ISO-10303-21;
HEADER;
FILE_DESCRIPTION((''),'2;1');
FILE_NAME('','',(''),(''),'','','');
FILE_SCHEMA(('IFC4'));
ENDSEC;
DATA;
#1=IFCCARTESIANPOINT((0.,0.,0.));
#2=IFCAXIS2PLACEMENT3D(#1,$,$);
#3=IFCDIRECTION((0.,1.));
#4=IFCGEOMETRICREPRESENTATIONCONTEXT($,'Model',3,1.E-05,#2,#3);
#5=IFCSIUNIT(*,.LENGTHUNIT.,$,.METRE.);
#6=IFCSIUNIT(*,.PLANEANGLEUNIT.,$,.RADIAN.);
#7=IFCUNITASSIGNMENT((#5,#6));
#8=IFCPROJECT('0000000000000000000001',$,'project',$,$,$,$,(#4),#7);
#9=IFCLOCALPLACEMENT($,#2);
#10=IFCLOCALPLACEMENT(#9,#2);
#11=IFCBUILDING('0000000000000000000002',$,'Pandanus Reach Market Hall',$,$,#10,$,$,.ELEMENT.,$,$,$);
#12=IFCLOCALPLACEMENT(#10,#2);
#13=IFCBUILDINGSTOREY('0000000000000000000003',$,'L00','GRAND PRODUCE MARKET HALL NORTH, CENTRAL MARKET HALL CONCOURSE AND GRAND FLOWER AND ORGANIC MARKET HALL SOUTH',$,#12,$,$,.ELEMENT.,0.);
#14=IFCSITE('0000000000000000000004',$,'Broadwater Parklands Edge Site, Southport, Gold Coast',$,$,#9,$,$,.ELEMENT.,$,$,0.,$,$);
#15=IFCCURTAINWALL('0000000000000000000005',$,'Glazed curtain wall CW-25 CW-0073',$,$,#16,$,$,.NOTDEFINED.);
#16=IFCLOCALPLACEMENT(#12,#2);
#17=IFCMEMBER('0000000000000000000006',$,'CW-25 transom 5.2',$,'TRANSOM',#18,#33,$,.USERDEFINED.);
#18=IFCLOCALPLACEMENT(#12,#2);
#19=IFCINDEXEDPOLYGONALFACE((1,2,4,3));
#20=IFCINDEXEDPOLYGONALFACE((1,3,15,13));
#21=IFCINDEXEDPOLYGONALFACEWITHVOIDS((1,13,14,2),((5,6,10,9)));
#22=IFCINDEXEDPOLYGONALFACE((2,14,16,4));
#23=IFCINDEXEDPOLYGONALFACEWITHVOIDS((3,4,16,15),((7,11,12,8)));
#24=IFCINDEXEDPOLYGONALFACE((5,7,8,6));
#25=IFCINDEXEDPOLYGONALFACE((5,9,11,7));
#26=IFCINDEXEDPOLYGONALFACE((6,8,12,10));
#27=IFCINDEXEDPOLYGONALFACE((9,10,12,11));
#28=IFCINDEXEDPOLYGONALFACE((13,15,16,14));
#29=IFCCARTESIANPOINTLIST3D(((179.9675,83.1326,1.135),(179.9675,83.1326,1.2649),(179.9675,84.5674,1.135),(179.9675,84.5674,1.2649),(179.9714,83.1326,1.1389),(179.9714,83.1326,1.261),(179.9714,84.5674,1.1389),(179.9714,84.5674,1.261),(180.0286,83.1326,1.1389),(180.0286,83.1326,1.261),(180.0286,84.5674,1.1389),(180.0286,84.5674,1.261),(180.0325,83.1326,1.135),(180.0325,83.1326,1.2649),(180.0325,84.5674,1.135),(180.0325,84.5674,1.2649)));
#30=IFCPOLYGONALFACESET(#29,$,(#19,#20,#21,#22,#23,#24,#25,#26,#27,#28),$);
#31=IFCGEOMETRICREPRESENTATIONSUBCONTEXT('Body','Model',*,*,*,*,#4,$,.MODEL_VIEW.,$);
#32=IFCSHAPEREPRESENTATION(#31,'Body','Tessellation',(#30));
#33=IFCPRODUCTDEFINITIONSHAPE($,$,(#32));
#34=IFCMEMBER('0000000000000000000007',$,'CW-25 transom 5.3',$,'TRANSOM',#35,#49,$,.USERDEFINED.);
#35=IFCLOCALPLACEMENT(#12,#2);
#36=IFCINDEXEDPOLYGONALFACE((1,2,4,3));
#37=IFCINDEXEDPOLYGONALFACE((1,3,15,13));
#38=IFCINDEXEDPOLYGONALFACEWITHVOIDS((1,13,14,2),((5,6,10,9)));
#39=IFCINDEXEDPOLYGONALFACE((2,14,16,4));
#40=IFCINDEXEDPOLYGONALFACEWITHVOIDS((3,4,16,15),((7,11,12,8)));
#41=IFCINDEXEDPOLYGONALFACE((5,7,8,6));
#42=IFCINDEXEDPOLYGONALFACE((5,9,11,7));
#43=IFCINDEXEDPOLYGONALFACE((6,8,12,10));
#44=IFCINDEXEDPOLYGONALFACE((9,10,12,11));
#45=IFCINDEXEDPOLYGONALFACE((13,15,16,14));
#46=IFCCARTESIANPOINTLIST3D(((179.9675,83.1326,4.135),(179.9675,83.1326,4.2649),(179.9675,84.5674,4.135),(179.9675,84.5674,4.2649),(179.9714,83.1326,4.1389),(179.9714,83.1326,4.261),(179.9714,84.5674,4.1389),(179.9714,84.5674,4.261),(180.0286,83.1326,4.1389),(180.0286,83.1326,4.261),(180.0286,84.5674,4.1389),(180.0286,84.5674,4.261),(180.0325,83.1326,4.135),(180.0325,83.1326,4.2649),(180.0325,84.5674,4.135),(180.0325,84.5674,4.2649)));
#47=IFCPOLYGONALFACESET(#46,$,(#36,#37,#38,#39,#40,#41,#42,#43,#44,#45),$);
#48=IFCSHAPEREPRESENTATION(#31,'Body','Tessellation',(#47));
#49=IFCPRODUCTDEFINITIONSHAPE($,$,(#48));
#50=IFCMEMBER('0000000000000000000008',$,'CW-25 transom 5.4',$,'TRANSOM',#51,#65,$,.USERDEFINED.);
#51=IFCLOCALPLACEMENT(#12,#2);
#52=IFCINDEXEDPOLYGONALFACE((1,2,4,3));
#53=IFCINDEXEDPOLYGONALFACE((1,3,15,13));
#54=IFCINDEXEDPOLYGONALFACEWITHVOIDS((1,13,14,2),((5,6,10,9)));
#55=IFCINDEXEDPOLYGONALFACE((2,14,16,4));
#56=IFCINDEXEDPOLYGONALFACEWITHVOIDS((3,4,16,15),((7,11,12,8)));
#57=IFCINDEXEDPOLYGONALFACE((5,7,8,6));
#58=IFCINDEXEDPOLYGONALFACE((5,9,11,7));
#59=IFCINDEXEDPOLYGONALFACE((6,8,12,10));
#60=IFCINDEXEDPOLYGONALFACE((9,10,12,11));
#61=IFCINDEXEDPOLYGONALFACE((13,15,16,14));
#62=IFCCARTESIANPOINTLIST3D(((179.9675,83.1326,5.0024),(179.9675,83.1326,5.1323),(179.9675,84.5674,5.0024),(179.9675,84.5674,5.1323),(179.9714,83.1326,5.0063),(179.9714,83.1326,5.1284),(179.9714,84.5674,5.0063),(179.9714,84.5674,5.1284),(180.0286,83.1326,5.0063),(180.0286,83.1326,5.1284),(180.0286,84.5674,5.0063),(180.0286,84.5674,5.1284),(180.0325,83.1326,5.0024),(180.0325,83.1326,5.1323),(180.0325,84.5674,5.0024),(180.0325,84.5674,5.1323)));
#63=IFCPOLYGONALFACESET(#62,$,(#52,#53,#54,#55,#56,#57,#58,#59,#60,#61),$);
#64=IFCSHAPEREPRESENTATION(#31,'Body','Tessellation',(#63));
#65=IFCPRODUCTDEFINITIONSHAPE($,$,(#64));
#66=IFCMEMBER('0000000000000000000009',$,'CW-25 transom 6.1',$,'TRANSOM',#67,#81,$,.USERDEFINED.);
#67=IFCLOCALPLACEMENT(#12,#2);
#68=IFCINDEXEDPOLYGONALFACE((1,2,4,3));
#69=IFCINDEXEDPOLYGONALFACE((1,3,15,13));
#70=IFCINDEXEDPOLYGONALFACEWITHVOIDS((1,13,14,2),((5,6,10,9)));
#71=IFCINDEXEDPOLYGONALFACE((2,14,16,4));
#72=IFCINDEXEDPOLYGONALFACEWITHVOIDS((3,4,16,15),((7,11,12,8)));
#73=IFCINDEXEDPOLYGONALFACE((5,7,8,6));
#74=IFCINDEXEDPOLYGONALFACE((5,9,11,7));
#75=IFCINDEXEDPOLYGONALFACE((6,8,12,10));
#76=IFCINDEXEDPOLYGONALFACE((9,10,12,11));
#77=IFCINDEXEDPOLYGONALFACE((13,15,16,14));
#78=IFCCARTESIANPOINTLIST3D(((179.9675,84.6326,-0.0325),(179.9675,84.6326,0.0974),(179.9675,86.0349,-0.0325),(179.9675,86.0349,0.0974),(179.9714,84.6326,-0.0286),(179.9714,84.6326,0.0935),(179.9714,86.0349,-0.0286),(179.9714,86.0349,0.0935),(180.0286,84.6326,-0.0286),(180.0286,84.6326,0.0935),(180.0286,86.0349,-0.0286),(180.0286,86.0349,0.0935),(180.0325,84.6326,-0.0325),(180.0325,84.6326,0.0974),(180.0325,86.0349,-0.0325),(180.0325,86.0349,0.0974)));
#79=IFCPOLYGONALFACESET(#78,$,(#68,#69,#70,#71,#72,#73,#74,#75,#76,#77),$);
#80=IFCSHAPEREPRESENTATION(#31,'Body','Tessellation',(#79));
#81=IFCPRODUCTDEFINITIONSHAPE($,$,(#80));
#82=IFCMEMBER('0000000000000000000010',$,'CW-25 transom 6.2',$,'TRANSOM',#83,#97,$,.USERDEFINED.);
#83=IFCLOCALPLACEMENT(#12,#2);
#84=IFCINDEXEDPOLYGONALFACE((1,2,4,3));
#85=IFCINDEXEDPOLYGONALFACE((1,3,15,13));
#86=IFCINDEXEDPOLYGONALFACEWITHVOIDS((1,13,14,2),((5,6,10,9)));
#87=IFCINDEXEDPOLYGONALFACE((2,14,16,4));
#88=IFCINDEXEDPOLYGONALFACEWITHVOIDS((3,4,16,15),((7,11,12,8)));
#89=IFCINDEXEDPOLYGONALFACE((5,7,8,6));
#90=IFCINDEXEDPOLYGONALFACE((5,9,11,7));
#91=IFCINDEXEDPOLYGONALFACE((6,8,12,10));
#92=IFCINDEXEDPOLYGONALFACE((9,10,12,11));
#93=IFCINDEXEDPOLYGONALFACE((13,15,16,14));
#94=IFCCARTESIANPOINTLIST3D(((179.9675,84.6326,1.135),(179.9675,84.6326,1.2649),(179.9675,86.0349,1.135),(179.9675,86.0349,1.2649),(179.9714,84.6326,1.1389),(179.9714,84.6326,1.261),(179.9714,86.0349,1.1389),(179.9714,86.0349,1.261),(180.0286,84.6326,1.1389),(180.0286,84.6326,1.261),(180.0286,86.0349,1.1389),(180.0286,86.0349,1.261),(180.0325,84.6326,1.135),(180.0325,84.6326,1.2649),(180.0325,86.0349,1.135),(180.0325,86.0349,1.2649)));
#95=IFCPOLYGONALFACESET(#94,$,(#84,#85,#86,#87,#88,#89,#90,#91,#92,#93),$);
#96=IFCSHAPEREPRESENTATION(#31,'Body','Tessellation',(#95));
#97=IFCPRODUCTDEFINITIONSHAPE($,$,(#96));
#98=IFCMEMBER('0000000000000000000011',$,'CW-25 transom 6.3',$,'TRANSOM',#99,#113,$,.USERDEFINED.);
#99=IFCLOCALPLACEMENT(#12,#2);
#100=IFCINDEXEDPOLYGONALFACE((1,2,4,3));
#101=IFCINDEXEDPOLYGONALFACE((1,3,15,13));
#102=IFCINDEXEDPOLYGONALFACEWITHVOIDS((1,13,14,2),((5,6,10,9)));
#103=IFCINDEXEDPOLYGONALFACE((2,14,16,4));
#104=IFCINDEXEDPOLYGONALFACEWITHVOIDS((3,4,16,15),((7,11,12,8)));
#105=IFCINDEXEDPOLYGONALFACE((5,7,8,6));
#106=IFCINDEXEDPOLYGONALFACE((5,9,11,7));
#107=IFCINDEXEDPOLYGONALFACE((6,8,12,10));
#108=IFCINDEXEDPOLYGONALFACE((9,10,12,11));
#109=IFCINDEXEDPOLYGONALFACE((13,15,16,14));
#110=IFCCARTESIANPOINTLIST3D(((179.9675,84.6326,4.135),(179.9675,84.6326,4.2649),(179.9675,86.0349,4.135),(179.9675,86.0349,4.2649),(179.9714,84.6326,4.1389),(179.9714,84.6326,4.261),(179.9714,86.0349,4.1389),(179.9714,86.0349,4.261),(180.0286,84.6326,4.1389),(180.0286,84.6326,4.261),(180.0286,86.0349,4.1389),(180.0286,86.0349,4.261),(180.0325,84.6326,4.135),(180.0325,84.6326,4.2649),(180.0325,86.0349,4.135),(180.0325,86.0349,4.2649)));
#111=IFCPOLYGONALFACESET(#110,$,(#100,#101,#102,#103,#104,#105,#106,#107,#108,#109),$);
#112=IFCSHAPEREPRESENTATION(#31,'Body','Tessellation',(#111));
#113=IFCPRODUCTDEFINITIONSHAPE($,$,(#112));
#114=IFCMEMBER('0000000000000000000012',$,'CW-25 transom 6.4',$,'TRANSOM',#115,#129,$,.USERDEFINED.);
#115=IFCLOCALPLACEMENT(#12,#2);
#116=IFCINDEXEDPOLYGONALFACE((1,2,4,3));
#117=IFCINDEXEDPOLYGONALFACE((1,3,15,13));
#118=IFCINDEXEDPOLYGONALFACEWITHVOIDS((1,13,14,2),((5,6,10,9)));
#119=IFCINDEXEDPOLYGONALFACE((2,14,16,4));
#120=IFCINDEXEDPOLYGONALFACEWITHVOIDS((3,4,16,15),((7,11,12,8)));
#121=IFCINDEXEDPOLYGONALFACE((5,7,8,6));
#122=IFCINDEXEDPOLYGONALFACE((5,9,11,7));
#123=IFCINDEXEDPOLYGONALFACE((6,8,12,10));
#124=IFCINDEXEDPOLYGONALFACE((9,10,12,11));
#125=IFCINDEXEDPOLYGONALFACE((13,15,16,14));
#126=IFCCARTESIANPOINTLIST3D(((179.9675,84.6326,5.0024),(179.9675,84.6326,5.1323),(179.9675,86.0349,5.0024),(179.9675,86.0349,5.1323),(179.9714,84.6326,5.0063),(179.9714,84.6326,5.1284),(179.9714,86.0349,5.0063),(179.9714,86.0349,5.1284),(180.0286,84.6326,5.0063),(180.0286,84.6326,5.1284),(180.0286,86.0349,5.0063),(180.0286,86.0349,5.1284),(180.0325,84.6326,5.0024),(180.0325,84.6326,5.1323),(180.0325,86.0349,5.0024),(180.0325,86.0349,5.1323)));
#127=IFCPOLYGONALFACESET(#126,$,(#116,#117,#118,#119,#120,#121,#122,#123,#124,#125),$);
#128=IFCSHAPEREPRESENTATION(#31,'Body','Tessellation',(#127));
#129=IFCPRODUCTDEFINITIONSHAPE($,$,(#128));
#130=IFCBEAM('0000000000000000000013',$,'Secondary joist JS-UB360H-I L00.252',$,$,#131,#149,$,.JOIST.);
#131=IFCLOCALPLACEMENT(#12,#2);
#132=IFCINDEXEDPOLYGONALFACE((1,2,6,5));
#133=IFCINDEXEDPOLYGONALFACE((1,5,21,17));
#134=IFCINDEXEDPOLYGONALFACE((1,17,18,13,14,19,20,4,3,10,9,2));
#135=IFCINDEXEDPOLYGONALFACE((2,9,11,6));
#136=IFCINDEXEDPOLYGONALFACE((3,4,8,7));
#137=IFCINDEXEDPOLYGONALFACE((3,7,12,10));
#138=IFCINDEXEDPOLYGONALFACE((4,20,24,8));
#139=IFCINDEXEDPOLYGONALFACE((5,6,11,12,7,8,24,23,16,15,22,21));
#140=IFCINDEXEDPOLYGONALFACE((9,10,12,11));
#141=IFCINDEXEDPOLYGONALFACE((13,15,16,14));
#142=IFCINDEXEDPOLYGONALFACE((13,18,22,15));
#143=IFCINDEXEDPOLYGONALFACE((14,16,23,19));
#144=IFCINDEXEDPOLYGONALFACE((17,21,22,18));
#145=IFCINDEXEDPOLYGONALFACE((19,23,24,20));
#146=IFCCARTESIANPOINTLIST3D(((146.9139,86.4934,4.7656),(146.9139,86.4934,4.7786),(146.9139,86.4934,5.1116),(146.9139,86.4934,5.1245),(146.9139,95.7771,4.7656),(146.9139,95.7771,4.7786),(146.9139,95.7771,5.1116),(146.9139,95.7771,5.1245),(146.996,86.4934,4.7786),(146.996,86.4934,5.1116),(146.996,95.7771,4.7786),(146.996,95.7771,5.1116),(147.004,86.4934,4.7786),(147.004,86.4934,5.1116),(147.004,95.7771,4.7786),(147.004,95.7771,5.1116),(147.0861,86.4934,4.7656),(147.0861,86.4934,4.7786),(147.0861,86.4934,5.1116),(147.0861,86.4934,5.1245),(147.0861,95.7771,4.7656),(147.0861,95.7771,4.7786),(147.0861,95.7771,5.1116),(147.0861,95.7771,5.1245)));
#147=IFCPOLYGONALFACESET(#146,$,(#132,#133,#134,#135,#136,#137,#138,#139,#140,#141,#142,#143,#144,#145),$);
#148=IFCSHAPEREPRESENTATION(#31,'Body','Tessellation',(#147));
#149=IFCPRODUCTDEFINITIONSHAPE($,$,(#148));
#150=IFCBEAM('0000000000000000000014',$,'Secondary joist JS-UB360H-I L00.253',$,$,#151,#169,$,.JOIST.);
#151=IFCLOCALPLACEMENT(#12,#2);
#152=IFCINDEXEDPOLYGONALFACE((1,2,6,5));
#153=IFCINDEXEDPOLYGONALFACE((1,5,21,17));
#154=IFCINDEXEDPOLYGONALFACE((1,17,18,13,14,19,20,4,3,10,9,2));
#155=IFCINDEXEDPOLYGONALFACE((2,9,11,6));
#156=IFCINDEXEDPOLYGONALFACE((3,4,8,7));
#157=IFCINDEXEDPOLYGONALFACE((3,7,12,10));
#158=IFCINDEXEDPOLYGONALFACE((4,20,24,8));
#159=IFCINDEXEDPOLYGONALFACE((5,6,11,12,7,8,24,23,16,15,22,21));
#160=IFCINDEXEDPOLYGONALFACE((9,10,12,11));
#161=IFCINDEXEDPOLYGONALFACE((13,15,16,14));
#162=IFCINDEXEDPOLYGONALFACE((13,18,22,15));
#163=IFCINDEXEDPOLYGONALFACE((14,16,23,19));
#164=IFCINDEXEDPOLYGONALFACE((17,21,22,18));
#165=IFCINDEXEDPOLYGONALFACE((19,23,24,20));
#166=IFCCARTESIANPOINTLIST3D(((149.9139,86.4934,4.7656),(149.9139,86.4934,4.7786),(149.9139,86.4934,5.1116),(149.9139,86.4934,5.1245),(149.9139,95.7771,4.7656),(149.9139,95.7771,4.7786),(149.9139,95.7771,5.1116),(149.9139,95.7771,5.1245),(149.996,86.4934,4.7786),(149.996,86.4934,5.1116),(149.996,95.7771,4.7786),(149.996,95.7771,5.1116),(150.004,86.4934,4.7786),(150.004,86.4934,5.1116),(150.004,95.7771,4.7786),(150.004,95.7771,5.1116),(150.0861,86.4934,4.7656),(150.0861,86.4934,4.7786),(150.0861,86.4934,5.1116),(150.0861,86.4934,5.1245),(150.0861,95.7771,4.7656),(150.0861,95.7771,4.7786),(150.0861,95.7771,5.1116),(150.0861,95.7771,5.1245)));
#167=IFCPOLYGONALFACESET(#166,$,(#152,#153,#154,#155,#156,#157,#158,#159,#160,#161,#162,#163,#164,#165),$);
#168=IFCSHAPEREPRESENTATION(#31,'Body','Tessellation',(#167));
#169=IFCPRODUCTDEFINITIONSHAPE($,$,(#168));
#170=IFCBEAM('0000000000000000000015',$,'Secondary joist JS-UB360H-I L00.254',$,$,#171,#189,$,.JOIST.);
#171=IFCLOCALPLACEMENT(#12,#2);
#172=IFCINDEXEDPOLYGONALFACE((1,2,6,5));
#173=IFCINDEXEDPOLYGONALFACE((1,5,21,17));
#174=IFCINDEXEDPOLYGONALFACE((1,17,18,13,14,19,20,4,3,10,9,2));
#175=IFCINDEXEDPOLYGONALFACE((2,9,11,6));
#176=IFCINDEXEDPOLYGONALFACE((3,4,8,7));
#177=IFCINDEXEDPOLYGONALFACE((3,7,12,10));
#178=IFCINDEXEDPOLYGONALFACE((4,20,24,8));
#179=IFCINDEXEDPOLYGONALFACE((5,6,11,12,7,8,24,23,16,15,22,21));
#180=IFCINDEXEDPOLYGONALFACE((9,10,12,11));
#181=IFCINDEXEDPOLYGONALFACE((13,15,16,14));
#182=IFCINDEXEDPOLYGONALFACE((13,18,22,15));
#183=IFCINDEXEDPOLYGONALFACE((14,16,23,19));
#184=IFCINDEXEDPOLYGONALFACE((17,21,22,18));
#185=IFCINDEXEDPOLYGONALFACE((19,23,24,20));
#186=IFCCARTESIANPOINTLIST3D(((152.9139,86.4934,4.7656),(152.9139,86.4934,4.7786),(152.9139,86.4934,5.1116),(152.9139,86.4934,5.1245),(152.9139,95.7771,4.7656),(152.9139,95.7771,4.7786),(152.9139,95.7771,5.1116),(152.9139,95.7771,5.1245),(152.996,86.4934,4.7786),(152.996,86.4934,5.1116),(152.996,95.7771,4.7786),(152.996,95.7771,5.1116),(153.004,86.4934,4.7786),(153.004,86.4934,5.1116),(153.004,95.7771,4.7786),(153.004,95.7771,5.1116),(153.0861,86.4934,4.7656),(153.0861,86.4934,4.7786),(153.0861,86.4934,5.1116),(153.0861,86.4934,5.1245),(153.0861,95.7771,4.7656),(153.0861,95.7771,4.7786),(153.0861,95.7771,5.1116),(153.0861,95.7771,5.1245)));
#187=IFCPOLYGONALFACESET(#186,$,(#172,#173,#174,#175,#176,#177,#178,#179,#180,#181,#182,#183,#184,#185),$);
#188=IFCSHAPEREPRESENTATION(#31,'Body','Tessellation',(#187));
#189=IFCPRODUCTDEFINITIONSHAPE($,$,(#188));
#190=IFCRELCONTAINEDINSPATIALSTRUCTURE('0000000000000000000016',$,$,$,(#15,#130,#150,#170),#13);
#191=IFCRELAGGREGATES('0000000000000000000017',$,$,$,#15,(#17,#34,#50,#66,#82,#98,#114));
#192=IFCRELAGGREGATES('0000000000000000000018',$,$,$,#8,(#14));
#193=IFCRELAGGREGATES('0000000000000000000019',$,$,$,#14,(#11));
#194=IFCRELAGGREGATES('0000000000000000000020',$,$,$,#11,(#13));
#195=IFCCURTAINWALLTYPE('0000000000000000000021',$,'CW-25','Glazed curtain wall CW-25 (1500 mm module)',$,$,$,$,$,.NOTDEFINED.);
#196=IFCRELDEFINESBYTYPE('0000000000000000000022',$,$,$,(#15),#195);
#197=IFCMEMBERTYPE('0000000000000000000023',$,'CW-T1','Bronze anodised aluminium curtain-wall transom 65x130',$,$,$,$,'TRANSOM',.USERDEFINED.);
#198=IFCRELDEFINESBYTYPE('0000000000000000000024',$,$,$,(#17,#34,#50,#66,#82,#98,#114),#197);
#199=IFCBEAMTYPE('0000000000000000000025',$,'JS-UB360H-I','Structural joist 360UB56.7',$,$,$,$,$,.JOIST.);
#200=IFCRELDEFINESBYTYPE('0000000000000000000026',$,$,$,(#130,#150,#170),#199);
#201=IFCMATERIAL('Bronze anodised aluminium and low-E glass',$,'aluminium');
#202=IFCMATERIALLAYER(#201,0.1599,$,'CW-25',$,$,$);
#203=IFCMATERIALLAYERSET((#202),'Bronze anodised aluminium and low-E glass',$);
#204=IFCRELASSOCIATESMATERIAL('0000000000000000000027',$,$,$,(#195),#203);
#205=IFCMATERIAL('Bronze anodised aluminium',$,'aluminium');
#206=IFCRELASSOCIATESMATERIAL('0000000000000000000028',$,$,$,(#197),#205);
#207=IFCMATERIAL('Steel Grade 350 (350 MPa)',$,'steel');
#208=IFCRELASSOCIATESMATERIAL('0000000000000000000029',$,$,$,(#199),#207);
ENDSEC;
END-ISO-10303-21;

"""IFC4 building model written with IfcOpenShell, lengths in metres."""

from ifc_helpers import new_model, si_unit, direction, frame, origin, origin_2d, place, context, subcontext, project, spatial, hollow_rectangle, i_section, extrude, material, layer, layer_set, material_profile, profile_set, type_object, element, aggregate, save


model = new_model("IFC4")

# Units and contexts
model_context = context("Model", 3, precision=1e-05, world=origin(), true_north=direction((0.0, 1.0)))
body_context = subcontext(model_context, "Body", "Model", "MODEL_VIEW")
ifc_project = project(units=[si_unit("LENGTHUNIT", "METRE"), si_unit("PLANEANGLEUNIT", "RADIAN")], contexts=[model_context])

# Site, building, storey
site_placement = place(None, origin())
site = spatial("IfcSite", under=ifc_project, at=site_placement, Name="Broadwater Parklands Edge Site, Southport, Gold Coast", CompositionType="ELEMENT", RefElevation=0.0)
building_placement = place(site_placement, origin())
building = spatial("IfcBuilding", under=site, at=building_placement, Name="Pandanus Reach Market Hall", CompositionType="ELEMENT")
storey_placement = place(building_placement, origin())
storey = spatial("IfcBuildingStorey", under=building, at=storey_placement, Name="L00", Description="GRAND PRODUCE MARKET HALL NORTH, CENTRAL MARKET HALL CONCOURSE AND GRAND FLOWER AND ORGANIC MARKET HALL SOUTH", CompositionType="ELEMENT", Elevation=0.0)

# Shared definitions
ifc_material_1 = material(Name="Steel Grade 350 (350 MPa)", Category="steel")

# Curtain wall, members
ifc_material_2 = material(Name="Bronze anodised aluminium and low-E glass", Category="aluminium")
ifc_layer_1 = layer(ifc_material_2, 0.1599, Name="CW-25")
ifc_layer_set_1 = layer_set([ifc_layer_1], Name="Bronze anodised aluminium and low-E glass")
curtain_wall_type = type_object("IfcCurtainWallType", Name="CW-25", Description="Glazed curtain wall CW-25 (1500 mm module)", PredefinedType="NOTDEFINED", material=ifc_layer_set_1)
curtain_wall_placement = place(storey_placement, origin())
curtain_wall = element("IfcCurtainWall", 1, at=curtain_wall_placement, inside=storey, type_object=curtain_wall_type, Name="Glazed curtain wall CW-25 CW-0073", PredefinedType="NOTDEFINED")
ifc_material_3 = material(Name="Bronze anodised aluminium", Category="aluminium")
ifc_material_profile_1 = material_profile(ifc_material_3, hollow_rectangle(XDim=0.0649, YDim=0.1299, WallThickness=0.0039, at=origin_2d()), Name="ALU65x130", Category="LoadBearing")
ifc_profile_set_1 = profile_set([ifc_material_profile_1], Name="Bronze anodised aluminium")
member_type_1 = type_object("IfcMemberType", Name="CW-T1", Description="Bronze anodised aluminium curtain-wall transom 65x130", ElementType="TRANSOM", PredefinedType="USERDEFINED", material=ifc_profile_set_1)
member_1_placement = place(storey_placement, frame((180.0, 83.1326, 1.2), z_axis=(0.0, 1.0, 0.0), x_axis=(-1.0, 0.0, 0.0)))
member_1 = element("IfcMember", 2, at=member_1_placement, type_object=member_type_1, Name="CW-25 transom 5.2", ObjectType="TRANSOM", PredefinedType="USERDEFINED", context=body_context, shape_type="SweptSolid", body=[
    extrude(hollow_rectangle(XDim=0.0649, YDim=0.1299, WallThickness=0.0039, at=origin_2d()), origin(), (0.0, 0.0, 1.0), 1.4348),
])
member_2_placement = place(storey_placement, frame((180.0, 83.1326, 4.2), z_axis=(0.0, 1.0, 0.0), x_axis=(-1.0, 0.0, 0.0)))
member_2 = element("IfcMember", 3, at=member_2_placement, type_object=member_type_1, Name="CW-25 transom 5.3", ObjectType="TRANSOM", PredefinedType="USERDEFINED", context=body_context, shape_type="SweptSolid", body=[
    extrude(hollow_rectangle(XDim=0.0649, YDim=0.1299, WallThickness=0.0039, at=origin_2d()), origin(), (0.0, 0.0, 1.0), 1.4348),
])
member_3_placement = place(storey_placement, frame((180.0, 83.1326, 5.0674), z_axis=(0.0, 1.0, 0.0), x_axis=(-1.0, 0.0, 0.0)))
member_3 = element("IfcMember", 4, at=member_3_placement, type_object=member_type_1, Name="CW-25 transom 5.4", ObjectType="TRANSOM", PredefinedType="USERDEFINED", context=body_context, shape_type="SweptSolid", body=[
    extrude(hollow_rectangle(XDim=0.0649, YDim=0.1299, WallThickness=0.0039, at=origin_2d()), origin(), (0.0, 0.0, 1.0), 1.4348),
])
member_4_placement = place(storey_placement, frame((180.0, 84.6326, 0.0325), z_axis=(0.0, 1.0, 0.0), x_axis=(-1.0, 0.0, 0.0)))
member_4 = element("IfcMember", 5, at=member_4_placement, type_object=member_type_1, Name="CW-25 transom 6.1", ObjectType="TRANSOM", PredefinedType="USERDEFINED", context=body_context, shape_type="SweptSolid", body=[
    extrude(hollow_rectangle(XDim=0.0649, YDim=0.1299, WallThickness=0.0039, at=origin_2d()), origin(), (0.0, 0.0, 1.0), 1.4023),
])
member_5_placement = place(storey_placement, frame((180.0, 84.6326, 1.2), z_axis=(0.0, 1.0, 0.0), x_axis=(-1.0, 0.0, 0.0)))
member_5 = element("IfcMember", 6, at=member_5_placement, type_object=member_type_1, Name="CW-25 transom 6.2", ObjectType="TRANSOM", PredefinedType="USERDEFINED", context=body_context, shape_type="SweptSolid", body=[
    extrude(hollow_rectangle(XDim=0.0649, YDim=0.1299, WallThickness=0.0039, at=origin_2d()), origin(), (0.0, 0.0, 1.0), 1.4023),
])
member_6_placement = place(storey_placement, frame((180.0, 84.6326, 4.2), z_axis=(0.0, 1.0, 0.0), x_axis=(-1.0, 0.0, 0.0)))
member_6 = element("IfcMember", 7, at=member_6_placement, type_object=member_type_1, Name="CW-25 transom 6.3", ObjectType="TRANSOM", PredefinedType="USERDEFINED", context=body_context, shape_type="SweptSolid", body=[
    extrude(hollow_rectangle(XDim=0.0649, YDim=0.1299, WallThickness=0.0039, at=origin_2d()), origin(), (0.0, 0.0, 1.0), 1.4023),
])
member_7_placement = place(storey_placement, frame((180.0, 84.6326, 5.0674), z_axis=(0.0, 1.0, 0.0), x_axis=(-1.0, 0.0, 0.0)))
member_7 = element("IfcMember", 8, at=member_7_placement, type_object=member_type_1, Name="CW-25 transom 6.4", ObjectType="TRANSOM", PredefinedType="USERDEFINED", context=body_context, shape_type="SweptSolid", body=[
    extrude(hollow_rectangle(XDim=0.0649, YDim=0.1299, WallThickness=0.0039, at=origin_2d()), origin(), (0.0, 0.0, 1.0), 1.4023),
])

# Beams
ifc_material_profile_2 = material_profile(ifc_material_1, i_section(OverallWidth=0.1721, OverallDepth=0.3589, WebThickness=0.0081, FlangeThickness=0.0129, at=origin_2d()), Name="360UB56.7", Category="LoadBearing")
ifc_profile_set_2 = profile_set([ifc_material_profile_2], Name="Steel Grade 350 (350 MPa)")
beam_type_1 = type_object("IfcBeamType", Name="JS-UB360H-I", Description="Structural joist 360UB56.7", PredefinedType="JOIST", material=ifc_profile_set_2)
for number, where, z_axis, x_axis, name in (
    (9, (147.0, 86.4934, 4.9451), (0.0, 1.0, 0.0), (-1.0, 0.0, 0.0), "Secondary joist JS-UB360H-I L00.252"),
    (10, (150.0, 86.4934, 4.9451), (0.0, 1.0, 0.0), (-1.0, 0.0, 0.0), "Secondary joist JS-UB360H-I L00.253"),
    (11, (153.0, 86.4934, 4.9451), (0.0, 1.0, 0.0), (-1.0, 0.0, 0.0), "Secondary joist JS-UB360H-I L00.254"),
):
    element("IfcBeam", number, at=place(storey_placement, frame(where, z_axis=z_axis, x_axis=x_axis)), inside=storey, type_object=beam_type_1, Name=name, PredefinedType="JOIST", context=body_context, shape_type="SweptSolid", body=[
        extrude(i_section(OverallWidth=0.1721, OverallDepth=0.3589, WebThickness=0.0081, FlangeThickness=0.0129, at=origin_2d()), origin(), (0.0, 0.0, 1.0), 9.2837),
    ])

aggregate(curtain_wall, [member_1, member_2, member_3, member_4, member_5, member_6, member_7])

save(model, "model.ifc")
